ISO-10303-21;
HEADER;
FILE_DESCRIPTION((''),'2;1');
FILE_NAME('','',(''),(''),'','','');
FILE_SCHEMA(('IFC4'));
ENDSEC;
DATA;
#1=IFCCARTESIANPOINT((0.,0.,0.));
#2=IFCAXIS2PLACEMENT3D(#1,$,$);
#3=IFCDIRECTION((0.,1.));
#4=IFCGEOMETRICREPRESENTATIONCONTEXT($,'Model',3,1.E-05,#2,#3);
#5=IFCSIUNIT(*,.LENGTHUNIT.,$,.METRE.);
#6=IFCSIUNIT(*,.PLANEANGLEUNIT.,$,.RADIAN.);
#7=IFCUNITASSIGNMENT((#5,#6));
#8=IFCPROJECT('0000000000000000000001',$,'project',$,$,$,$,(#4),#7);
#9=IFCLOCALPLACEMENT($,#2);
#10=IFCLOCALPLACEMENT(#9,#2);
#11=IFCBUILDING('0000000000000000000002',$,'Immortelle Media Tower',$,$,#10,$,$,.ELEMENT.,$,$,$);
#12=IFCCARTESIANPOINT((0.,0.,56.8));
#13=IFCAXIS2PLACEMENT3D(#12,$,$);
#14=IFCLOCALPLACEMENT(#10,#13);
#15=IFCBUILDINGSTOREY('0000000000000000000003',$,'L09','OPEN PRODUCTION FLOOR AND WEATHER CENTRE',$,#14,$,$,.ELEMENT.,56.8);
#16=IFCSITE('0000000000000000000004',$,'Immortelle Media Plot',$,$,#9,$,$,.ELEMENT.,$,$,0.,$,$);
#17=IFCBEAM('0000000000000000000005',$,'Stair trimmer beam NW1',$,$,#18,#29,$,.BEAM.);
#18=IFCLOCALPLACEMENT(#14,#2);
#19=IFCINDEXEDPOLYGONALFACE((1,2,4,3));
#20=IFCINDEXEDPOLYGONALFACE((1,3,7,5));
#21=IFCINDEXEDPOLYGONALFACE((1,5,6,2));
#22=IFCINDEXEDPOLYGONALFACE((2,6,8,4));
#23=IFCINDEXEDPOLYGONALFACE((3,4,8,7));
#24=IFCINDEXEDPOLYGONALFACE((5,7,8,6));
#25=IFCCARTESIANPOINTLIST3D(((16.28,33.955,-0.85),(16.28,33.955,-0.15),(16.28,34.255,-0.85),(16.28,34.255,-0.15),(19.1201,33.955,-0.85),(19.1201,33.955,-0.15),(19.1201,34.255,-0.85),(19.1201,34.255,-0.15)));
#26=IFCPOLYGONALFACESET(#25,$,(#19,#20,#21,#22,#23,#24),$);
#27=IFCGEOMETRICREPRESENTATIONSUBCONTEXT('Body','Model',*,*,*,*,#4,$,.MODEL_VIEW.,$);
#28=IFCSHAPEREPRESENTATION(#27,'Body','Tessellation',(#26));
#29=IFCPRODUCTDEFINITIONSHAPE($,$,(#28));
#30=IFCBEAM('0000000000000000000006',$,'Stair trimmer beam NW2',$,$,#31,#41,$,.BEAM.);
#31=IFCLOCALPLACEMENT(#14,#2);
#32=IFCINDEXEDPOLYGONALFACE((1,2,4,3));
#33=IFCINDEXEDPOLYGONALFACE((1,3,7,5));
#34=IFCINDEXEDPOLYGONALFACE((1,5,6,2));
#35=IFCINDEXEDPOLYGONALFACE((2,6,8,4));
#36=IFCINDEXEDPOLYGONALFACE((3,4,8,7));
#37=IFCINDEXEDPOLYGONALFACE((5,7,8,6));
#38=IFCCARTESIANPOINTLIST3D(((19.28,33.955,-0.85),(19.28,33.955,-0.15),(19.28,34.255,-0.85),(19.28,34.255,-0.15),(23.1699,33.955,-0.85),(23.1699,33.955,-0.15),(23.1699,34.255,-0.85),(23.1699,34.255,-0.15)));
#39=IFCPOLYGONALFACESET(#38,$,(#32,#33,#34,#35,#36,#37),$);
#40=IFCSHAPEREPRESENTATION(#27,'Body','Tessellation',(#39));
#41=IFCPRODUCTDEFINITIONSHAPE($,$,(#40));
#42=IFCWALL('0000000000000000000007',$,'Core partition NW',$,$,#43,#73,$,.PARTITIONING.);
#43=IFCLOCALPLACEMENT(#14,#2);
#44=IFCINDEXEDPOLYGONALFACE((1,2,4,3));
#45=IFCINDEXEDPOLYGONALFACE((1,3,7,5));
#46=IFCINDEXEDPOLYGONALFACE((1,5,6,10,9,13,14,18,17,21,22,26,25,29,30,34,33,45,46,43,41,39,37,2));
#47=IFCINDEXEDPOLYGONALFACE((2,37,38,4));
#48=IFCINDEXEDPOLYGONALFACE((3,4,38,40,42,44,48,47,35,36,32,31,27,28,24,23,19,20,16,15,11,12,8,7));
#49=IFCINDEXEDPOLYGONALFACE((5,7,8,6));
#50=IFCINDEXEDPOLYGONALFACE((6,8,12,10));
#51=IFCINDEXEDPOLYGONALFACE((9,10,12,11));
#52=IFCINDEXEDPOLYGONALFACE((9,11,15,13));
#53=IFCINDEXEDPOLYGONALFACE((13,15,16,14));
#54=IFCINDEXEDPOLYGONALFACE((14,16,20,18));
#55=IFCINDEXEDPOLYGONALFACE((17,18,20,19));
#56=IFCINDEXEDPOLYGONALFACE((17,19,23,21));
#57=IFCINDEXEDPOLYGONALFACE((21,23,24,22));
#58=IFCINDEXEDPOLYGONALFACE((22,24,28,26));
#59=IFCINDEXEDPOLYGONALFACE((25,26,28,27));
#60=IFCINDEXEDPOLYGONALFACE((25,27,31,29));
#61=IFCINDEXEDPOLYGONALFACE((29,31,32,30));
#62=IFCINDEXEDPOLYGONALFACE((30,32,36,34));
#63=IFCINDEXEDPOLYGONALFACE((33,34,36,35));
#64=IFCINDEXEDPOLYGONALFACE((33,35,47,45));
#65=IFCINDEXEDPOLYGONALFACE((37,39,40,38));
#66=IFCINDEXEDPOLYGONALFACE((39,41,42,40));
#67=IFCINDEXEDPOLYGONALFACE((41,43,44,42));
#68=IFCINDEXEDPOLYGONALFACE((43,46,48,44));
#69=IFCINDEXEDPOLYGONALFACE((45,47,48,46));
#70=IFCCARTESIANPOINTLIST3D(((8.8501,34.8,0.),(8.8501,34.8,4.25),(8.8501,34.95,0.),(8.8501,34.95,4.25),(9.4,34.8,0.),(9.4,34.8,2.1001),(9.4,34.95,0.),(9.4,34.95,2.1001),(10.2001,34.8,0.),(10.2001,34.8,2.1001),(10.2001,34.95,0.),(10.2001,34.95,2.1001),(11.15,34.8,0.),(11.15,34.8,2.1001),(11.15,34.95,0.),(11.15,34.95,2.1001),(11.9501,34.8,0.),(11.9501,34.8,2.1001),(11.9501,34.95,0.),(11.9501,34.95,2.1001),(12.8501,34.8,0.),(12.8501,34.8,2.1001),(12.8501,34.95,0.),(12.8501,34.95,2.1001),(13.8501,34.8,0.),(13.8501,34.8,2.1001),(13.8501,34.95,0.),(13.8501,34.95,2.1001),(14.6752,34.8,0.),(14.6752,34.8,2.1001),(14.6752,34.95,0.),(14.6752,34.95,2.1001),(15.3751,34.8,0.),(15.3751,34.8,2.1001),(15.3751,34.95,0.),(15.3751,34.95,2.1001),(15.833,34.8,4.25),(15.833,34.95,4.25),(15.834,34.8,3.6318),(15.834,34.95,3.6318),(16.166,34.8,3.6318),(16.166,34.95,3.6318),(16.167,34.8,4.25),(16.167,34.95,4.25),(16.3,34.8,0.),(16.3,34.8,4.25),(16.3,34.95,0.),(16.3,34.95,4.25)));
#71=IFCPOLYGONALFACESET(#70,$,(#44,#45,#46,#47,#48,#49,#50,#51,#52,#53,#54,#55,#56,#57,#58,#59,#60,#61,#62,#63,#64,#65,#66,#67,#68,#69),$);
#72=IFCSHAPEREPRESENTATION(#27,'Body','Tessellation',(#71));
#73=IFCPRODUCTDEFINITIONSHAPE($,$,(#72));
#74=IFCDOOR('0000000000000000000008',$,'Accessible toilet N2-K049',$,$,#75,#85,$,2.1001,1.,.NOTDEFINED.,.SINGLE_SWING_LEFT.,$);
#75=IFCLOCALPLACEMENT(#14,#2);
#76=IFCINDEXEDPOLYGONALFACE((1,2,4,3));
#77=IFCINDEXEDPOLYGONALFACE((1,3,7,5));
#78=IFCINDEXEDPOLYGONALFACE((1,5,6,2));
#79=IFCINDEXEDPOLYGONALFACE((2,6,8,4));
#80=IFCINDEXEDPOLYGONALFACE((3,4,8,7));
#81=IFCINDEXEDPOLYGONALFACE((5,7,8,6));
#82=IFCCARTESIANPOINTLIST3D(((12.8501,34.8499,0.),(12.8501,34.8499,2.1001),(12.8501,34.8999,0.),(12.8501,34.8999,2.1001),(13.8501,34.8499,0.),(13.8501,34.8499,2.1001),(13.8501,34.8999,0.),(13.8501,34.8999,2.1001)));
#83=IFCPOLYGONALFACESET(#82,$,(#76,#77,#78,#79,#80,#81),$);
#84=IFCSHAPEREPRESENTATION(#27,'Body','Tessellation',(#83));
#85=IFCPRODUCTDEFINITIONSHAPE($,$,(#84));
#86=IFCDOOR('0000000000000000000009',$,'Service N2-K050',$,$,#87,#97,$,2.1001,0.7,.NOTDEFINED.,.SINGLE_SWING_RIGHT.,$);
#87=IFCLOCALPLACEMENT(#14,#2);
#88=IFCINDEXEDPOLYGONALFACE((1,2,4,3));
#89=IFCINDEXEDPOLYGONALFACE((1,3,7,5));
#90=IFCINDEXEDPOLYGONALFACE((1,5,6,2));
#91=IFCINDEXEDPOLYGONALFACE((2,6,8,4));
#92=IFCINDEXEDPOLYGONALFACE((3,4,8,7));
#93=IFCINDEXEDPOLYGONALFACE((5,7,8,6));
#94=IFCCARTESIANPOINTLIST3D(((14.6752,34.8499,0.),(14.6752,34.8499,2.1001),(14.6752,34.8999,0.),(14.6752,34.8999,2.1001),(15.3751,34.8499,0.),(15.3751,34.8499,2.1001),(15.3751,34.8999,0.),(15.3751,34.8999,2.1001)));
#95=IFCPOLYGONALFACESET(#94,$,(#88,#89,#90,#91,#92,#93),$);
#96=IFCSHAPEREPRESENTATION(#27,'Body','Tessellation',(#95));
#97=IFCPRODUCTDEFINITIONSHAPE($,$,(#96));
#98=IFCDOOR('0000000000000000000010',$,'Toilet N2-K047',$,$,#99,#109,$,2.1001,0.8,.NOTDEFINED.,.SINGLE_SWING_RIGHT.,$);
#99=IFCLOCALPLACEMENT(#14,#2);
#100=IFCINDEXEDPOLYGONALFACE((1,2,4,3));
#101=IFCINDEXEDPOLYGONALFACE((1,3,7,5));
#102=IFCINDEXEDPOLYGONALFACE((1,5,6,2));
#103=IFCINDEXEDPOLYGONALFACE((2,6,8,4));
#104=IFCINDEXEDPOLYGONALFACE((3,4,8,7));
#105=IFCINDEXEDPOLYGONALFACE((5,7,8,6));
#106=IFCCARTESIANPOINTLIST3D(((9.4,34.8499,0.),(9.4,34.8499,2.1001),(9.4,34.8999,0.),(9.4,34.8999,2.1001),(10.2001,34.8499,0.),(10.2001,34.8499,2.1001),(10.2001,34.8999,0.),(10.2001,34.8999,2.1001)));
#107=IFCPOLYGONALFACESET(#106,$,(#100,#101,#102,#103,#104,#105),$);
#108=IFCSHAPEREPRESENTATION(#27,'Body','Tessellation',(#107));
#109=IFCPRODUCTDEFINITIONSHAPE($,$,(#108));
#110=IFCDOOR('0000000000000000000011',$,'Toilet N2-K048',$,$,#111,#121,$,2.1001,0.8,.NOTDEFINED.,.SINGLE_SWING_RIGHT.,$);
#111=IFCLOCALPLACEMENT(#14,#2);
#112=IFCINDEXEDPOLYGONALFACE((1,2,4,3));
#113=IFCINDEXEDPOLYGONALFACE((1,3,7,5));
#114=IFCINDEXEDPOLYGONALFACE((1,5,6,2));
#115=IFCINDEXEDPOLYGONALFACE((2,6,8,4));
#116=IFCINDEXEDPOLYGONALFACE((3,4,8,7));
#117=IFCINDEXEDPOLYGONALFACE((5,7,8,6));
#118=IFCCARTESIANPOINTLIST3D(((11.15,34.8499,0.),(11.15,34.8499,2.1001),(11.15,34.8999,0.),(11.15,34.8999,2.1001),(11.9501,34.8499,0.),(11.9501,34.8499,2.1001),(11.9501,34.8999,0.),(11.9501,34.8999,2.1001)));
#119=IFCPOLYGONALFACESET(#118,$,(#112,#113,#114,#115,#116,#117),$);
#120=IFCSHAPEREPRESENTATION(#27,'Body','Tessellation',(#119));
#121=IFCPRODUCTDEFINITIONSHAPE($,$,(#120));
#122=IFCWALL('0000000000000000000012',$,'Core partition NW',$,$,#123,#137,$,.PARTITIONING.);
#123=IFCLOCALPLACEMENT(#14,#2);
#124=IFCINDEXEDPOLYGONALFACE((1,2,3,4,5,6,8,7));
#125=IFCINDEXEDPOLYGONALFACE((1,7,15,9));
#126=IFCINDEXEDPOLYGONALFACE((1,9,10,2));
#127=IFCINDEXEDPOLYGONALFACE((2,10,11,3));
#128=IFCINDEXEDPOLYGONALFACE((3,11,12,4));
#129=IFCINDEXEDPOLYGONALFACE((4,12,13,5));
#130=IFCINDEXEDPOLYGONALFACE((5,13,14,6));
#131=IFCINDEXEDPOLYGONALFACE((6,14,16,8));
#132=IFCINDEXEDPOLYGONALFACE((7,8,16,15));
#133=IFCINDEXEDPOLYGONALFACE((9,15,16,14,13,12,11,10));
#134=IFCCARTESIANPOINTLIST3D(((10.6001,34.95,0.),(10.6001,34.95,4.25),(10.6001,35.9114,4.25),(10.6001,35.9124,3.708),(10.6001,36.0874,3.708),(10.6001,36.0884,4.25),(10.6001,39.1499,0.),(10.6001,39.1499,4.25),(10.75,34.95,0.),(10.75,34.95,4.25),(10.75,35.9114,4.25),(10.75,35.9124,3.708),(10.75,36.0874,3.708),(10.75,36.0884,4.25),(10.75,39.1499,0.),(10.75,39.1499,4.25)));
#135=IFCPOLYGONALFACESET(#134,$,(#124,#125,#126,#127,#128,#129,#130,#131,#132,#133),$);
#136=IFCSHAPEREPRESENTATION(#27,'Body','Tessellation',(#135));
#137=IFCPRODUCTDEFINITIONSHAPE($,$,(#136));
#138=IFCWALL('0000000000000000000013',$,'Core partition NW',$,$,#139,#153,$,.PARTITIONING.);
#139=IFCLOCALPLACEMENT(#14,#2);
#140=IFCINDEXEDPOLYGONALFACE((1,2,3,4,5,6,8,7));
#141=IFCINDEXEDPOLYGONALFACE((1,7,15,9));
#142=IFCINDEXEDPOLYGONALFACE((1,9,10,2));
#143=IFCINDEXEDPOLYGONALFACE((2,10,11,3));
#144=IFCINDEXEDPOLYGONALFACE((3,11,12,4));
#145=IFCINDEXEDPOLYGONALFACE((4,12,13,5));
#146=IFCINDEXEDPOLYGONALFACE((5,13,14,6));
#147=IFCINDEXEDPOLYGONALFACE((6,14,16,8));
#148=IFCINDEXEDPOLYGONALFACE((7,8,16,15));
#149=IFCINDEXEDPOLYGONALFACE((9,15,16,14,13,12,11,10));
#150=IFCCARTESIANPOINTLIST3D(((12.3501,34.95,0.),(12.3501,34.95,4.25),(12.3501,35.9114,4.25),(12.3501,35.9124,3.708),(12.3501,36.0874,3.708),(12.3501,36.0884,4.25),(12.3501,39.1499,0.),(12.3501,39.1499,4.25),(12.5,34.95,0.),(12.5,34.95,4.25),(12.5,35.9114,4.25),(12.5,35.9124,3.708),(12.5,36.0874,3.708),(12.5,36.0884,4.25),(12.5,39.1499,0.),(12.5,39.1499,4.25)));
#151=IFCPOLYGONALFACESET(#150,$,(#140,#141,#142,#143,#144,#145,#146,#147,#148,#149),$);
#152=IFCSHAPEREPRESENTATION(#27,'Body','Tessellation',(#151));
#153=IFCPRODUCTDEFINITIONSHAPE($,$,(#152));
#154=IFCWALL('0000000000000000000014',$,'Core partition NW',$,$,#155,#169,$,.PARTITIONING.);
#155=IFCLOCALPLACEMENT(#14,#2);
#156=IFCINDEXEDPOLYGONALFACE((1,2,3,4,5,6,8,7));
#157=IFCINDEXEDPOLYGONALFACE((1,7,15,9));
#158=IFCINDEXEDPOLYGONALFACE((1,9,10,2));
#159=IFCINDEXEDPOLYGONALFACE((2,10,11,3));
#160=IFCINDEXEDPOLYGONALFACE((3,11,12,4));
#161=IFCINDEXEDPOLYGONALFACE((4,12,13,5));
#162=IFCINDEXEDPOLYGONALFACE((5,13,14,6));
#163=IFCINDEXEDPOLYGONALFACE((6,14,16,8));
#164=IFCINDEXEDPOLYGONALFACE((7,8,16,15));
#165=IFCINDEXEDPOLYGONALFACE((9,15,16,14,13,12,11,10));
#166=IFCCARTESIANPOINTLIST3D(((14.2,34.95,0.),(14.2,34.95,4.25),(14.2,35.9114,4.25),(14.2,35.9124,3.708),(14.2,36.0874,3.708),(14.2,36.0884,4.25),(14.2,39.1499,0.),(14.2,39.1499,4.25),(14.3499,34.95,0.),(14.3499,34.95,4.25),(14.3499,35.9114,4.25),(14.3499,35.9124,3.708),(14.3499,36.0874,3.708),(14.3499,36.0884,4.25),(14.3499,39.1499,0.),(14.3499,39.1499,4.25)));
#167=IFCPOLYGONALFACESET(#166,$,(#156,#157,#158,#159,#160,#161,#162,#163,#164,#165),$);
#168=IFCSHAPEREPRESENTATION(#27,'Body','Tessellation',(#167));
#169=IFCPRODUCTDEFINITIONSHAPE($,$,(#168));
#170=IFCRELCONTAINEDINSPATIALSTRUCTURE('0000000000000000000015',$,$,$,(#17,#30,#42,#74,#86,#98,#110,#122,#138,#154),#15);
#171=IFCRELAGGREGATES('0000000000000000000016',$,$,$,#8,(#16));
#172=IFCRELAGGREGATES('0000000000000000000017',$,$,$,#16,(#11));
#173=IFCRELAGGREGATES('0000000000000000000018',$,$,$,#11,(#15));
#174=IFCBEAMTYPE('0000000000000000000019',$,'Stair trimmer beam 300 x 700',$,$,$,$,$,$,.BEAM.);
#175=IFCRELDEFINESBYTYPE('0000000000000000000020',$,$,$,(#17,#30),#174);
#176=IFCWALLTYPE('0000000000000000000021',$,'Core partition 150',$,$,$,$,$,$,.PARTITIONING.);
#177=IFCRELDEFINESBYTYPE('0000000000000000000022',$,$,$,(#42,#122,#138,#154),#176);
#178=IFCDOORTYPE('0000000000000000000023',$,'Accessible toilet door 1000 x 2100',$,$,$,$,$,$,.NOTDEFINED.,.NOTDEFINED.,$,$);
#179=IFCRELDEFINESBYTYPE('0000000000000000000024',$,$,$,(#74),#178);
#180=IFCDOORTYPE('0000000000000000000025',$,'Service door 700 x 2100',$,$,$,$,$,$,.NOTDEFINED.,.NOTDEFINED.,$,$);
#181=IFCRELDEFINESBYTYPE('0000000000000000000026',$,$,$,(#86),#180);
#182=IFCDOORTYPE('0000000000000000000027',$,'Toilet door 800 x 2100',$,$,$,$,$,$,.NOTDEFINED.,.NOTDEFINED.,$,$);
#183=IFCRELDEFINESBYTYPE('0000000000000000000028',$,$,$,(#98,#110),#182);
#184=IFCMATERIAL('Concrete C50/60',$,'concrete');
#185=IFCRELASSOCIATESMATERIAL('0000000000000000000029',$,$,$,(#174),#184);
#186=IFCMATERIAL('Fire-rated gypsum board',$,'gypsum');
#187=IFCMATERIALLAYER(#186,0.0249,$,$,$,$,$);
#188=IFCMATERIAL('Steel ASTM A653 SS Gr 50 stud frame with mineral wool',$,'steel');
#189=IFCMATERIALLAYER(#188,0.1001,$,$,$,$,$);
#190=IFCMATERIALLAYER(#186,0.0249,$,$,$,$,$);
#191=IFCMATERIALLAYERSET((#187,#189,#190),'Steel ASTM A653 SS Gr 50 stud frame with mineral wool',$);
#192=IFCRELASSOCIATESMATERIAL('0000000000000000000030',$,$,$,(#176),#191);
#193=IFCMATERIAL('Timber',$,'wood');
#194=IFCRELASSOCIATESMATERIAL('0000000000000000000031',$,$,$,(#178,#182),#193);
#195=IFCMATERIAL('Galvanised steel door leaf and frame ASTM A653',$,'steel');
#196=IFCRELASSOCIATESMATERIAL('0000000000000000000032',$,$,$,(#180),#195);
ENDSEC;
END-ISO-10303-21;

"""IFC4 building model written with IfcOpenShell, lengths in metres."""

from ifc_helpers import new_model, si_unit, direction, frame, frame_2d, origin, origin_2d, place, context, subcontext, project, spatial, polyline, rectangle, outline, extrude, material, layer, layer_set, material_profile, profile_set, type_object, element, fill, save


model = new_model("IFC4")

# Units and contexts
model_context = context("Model", 3, precision=1e-05, world=origin(), true_north=direction((0.0, 1.0)))
body_context = subcontext(model_context, "Body", "Model", "MODEL_VIEW")
ifc_project = project(units=[si_unit("LENGTHUNIT", "METRE"), si_unit("PLANEANGLEUNIT", "RADIAN")], contexts=[model_context])

# Site, building, storey
site_placement = place(None, origin())
site = spatial("IfcSite", under=ifc_project, at=site_placement, Name="Immortelle Media Plot", CompositionType="ELEMENT", RefElevation=0.0)
building_placement = place(site_placement, origin())
building = spatial("IfcBuilding", under=site, at=building_placement, Name="Immortelle Media Tower", CompositionType="ELEMENT")
storey_placement = place(building_placement, frame((0.0, 0.0, 56.8)))
storey = spatial("IfcBuildingStorey", under=building, at=storey_placement, Name="L09", Description="OPEN PRODUCTION FLOOR AND WEATHER CENTRE", CompositionType="ELEMENT", Elevation=56.8)

# Beams
ifc_material_1 = material(Name="Concrete C50/60", Category="concrete")
ifc_material_profile = material_profile(ifc_material_1, rectangle(XDim=0.3, YDim=0.7, at=origin_2d()), Name="RC 300x700")
ifc_profile_set = profile_set([ifc_material_profile], Name="Concrete C50/60")
beam_type = type_object("IfcBeamType", Name="Stair trimmer beam 300 x 700", PredefinedType="BEAM", material=ifc_profile_set)
beam_1_placement = place(storey_placement, frame((16.28, 34.105, -0.5), z_axis=(1.0, 0.0, 0.0), x_axis=(0.0, 1.0, 0.0)))
element("IfcBeam", 1, at=beam_1_placement, inside=storey, type_object=beam_type, Name="Stair trimmer beam NW1", PredefinedType="BEAM", context=body_context, shape_type="SweptSolid", body=[
    extrude(rectangle(XDim=0.3, YDim=0.7, at=origin_2d()), origin(), (0.0, 0.0, 1.0), 2.8401),
])
beam_2_placement = place(storey_placement, frame((19.28, 34.105, -0.5), z_axis=(1.0, 0.0, 0.0), x_axis=(0.0, 1.0, 0.0)))
element("IfcBeam", 2, at=beam_2_placement, inside=storey, type_object=beam_type, Name="Stair trimmer beam NW2", PredefinedType="BEAM", context=body_context, shape_type="SweptSolid", body=[
    extrude(rectangle(XDim=0.3, YDim=0.7, at=origin_2d()), origin(), (0.0, 0.0, 1.0), 3.8899),
])

# Wall, openings, doors
ifc_material_2 = material(Name="Fire-rated gypsum board", Category="gypsum")
ifc_layer_1 = layer(ifc_material_2, 0.0249)
ifc_material_3 = material(Name="Steel ASTM A653 SS Gr 50 stud frame with mineral wool", Category="steel")
ifc_layer_2 = layer(ifc_material_3, 0.1001)
ifc_layer_3 = layer(ifc_material_2, 0.0249)
ifc_layer_set_1 = layer_set([ifc_layer_1, ifc_layer_2, ifc_layer_3], Name="Steel ASTM A653 SS Gr 50 stud frame with mineral wool")
wall_type_1 = type_object("IfcWallType", Name="Core partition 150", PredefinedType="PARTITIONING", material=ifc_layer_set_1)
wall_1_placement = place(storey_placement, frame((8.8501, 34.875, 0.0), z_axis=(0.0, 0.0, 1.0), x_axis=(1.0, 0.0, 0.0)))
wall_1 = element("IfcWall", 3, at=wall_1_placement, inside=storey, type_object=wall_type_1, Name="Core partition NW", PredefinedType="PARTITIONING", context=body_context, shape_type="SweptSolid", body=[
    extrude(outline(polyline([(0.0, 0.0), (7.45, 0.0), (7.45, 4.25), (7.3169, 4.25), (7.3159, 3.6318), (6.9839, 3.6318), (6.9829, 4.25), (0.0, 4.25), (0.0, 0.0)])), frame((0.0, 0.075, 0.0), z_axis=(0.0, -1.0, 0.0), x_axis=(1.0, 0.0, 0.0)), (0.0, 0.0, 1.0), 0.1499),
])
opening_1_placement = place(wall_1_placement, frame((0.55, 0.0, 0.0)))
opening_1 = element("IfcOpeningElement", 4, at=opening_1_placement, cuts=wall_1, PredefinedType="OPENING", context=body_context, shape_type="SweptSolid", body=[
    extrude(rectangle(XDim=0.8, YDim=2.1001, at=frame_2d((0.3999, 1.05))), frame((0.0, 0.085, 0.0), z_axis=(0.0, -1.0, 0.0), x_axis=(1.0, 0.0, 0.0)), (0.0, 0.0, 1.0), 0.1699),
])
opening_2_placement = place(wall_1_placement, frame((2.3, 0.0, 0.0)))
opening_2 = element("IfcOpeningElement", 5, at=opening_2_placement, cuts=wall_1, PredefinedType="OPENING", context=body_context, shape_type="SweptSolid", body=[
    extrude(rectangle(XDim=0.8, YDim=2.1001, at=frame_2d((0.3999, 1.05))), frame((0.0, 0.085, 0.0), z_axis=(0.0, -1.0, 0.0), x_axis=(1.0, 0.0, 0.0)), (0.0, 0.0, 1.0), 0.1699),
])
opening_3_placement = place(wall_1_placement, frame((4.0, 0.0, 0.0)))
opening_3 = element("IfcOpeningElement", 6, at=opening_3_placement, cuts=wall_1, PredefinedType="OPENING", context=body_context, shape_type="SweptSolid", body=[
    extrude(rectangle(XDim=1.0, YDim=2.1001, at=frame_2d((0.5, 1.05))), frame((0.0, 0.085, 0.0), z_axis=(0.0, -1.0, 0.0), x_axis=(1.0, 0.0, 0.0)), (0.0, 0.0, 1.0), 0.1699),
])
opening_4_placement = place(wall_1_placement, frame((5.825, 0.0, 0.0)))
opening_4 = element("IfcOpeningElement", 7, at=opening_4_placement, cuts=wall_1, PredefinedType="OPENING", context=body_context, shape_type="SweptSolid", body=[
    extrude(rectangle(XDim=0.7, YDim=2.1001, at=frame_2d((0.3501, 1.05))), frame((0.0, 0.085, 0.0), z_axis=(0.0, -1.0, 0.0), x_axis=(1.0, 0.0, 0.0)), (0.0, 0.0, 1.0), 0.1699),
])
ifc_material_4 = material(Name="Timber", Category="wood")
door_type_1 = type_object("IfcDoorType", Name="Accessible toilet door 1000 x 2100", OperationType="NOTDEFINED", PredefinedType="NOTDEFINED", material=ifc_material_4)
door_1_placement = place(opening_3_placement, origin())
door_1 = element("IfcDoor", 8, at=door_1_placement, inside=storey, type_object=door_type_1, Name="Accessible toilet N2-K049", OperationType="SINGLE_SWING_LEFT", OverallHeight=2.1001, OverallWidth=1.0, PredefinedType="NOTDEFINED", context=body_context, shape_type="SweptSolid", body=[
    extrude(rectangle(XDim=1.0, YDim=2.1001, at=frame_2d((0.5, 1.05))), frame((0.0, 0.0249, 0.0), z_axis=(0.0, -1.0, 0.0), x_axis=(1.0, 0.0, 0.0)), (0.0, 0.0, 1.0), 0.05),
])
fill(opening_3, door_1)
ifc_material_5 = material(Name="Galvanised steel door leaf and frame ASTM A653", Category="steel")
door_type_2 = type_object("IfcDoorType", Name="Service door 700 x 2100", OperationType="NOTDEFINED", PredefinedType="NOTDEFINED", material=ifc_material_5)
door_2_placement = place(opening_4_placement, origin())
door_2 = element("IfcDoor", 9, at=door_2_placement, inside=storey, type_object=door_type_2, Name="Service N2-K050", OperationType="SINGLE_SWING_RIGHT", OverallHeight=2.1001, OverallWidth=0.7, PredefinedType="NOTDEFINED", context=body_context, shape_type="SweptSolid", body=[
    extrude(rectangle(XDim=0.7, YDim=2.1001, at=frame_2d((0.3501, 1.05))), frame((0.0, 0.0249, 0.0), z_axis=(0.0, -1.0, 0.0), x_axis=(1.0, 0.0, 0.0)), (0.0, 0.0, 1.0), 0.05),
])
fill(opening_4, door_2)
door_type_3 = type_object("IfcDoorType", Name="Toilet door 800 x 2100", OperationType="NOTDEFINED", PredefinedType="NOTDEFINED", material=ifc_material_4)
door_3_placement = place(opening_1_placement, origin())
door_3 = element("IfcDoor", 10, at=door_3_placement, inside=storey, type_object=door_type_3, Name="Toilet N2-K047", OperationType="SINGLE_SWING_RIGHT", OverallHeight=2.1001, OverallWidth=0.8, PredefinedType="NOTDEFINED", context=body_context, shape_type="SweptSolid", body=[
    extrude(rectangle(XDim=0.8, YDim=2.1001, at=frame_2d((0.3999, 1.05))), frame((0.0, 0.0249, 0.0), z_axis=(0.0, -1.0, 0.0), x_axis=(1.0, 0.0, 0.0)), (0.0, 0.0, 1.0), 0.05),
])
fill(opening_1, door_3)
door_4_placement = place(opening_2_placement, origin())
door_4 = element("IfcDoor", 11, at=door_4_placement, inside=storey, type_object=door_type_3, Name="Toilet N2-K048", OperationType="SINGLE_SWING_RIGHT", OverallHeight=2.1001, OverallWidth=0.8, PredefinedType="NOTDEFINED", context=body_context, shape_type="SweptSolid", body=[
    extrude(rectangle(XDim=0.8, YDim=2.1001, at=frame_2d((0.3999, 1.05))), frame((0.0, 0.0249, 0.0), z_axis=(0.0, -1.0, 0.0), x_axis=(1.0, 0.0, 0.0)), (0.0, 0.0, 1.0), 0.05),
])
fill(opening_2, door_4)

# Walls
for number, where, z_axis, x_axis, name in (
    (12, (10.675, 34.95, 0.0), (0.0, 0.0, 1.0), (0.0, 1.0, 0.0), "Core partition NW"),
    (13, (12.425, 34.95, 0.0), (0.0, 0.0, 1.0), (0.0, 1.0, 0.0), "Core partition NW"),
    (14, (14.2749, 34.95, 0.0), (0.0, 0.0, 1.0), (0.0, 1.0, 0.0), "Core partition NW"),
):
    element("IfcWall", number, at=place(storey_placement, frame(where, z_axis=z_axis, x_axis=x_axis)), inside=storey, type_object=wall_type_1, Name=name, PredefinedType="PARTITIONING", context=body_context, shape_type="SweptSolid", body=[
        extrude(outline(polyline([(0.0, 0.0), (4.2, 0.0), (4.2, 4.25), (1.1384, 4.25), (1.1375, 3.708), (0.9624, 3.708), (0.9614, 4.25), (0.0, 4.25), (0.0, 0.0)])), frame((0.0, 0.075, 0.0), z_axis=(0.0, -1.0, 0.0), x_axis=(1.0, 0.0, 0.0)), (0.0, 0.0, 1.0), 0.1499),
    ])

save(model, "model.ifc")
